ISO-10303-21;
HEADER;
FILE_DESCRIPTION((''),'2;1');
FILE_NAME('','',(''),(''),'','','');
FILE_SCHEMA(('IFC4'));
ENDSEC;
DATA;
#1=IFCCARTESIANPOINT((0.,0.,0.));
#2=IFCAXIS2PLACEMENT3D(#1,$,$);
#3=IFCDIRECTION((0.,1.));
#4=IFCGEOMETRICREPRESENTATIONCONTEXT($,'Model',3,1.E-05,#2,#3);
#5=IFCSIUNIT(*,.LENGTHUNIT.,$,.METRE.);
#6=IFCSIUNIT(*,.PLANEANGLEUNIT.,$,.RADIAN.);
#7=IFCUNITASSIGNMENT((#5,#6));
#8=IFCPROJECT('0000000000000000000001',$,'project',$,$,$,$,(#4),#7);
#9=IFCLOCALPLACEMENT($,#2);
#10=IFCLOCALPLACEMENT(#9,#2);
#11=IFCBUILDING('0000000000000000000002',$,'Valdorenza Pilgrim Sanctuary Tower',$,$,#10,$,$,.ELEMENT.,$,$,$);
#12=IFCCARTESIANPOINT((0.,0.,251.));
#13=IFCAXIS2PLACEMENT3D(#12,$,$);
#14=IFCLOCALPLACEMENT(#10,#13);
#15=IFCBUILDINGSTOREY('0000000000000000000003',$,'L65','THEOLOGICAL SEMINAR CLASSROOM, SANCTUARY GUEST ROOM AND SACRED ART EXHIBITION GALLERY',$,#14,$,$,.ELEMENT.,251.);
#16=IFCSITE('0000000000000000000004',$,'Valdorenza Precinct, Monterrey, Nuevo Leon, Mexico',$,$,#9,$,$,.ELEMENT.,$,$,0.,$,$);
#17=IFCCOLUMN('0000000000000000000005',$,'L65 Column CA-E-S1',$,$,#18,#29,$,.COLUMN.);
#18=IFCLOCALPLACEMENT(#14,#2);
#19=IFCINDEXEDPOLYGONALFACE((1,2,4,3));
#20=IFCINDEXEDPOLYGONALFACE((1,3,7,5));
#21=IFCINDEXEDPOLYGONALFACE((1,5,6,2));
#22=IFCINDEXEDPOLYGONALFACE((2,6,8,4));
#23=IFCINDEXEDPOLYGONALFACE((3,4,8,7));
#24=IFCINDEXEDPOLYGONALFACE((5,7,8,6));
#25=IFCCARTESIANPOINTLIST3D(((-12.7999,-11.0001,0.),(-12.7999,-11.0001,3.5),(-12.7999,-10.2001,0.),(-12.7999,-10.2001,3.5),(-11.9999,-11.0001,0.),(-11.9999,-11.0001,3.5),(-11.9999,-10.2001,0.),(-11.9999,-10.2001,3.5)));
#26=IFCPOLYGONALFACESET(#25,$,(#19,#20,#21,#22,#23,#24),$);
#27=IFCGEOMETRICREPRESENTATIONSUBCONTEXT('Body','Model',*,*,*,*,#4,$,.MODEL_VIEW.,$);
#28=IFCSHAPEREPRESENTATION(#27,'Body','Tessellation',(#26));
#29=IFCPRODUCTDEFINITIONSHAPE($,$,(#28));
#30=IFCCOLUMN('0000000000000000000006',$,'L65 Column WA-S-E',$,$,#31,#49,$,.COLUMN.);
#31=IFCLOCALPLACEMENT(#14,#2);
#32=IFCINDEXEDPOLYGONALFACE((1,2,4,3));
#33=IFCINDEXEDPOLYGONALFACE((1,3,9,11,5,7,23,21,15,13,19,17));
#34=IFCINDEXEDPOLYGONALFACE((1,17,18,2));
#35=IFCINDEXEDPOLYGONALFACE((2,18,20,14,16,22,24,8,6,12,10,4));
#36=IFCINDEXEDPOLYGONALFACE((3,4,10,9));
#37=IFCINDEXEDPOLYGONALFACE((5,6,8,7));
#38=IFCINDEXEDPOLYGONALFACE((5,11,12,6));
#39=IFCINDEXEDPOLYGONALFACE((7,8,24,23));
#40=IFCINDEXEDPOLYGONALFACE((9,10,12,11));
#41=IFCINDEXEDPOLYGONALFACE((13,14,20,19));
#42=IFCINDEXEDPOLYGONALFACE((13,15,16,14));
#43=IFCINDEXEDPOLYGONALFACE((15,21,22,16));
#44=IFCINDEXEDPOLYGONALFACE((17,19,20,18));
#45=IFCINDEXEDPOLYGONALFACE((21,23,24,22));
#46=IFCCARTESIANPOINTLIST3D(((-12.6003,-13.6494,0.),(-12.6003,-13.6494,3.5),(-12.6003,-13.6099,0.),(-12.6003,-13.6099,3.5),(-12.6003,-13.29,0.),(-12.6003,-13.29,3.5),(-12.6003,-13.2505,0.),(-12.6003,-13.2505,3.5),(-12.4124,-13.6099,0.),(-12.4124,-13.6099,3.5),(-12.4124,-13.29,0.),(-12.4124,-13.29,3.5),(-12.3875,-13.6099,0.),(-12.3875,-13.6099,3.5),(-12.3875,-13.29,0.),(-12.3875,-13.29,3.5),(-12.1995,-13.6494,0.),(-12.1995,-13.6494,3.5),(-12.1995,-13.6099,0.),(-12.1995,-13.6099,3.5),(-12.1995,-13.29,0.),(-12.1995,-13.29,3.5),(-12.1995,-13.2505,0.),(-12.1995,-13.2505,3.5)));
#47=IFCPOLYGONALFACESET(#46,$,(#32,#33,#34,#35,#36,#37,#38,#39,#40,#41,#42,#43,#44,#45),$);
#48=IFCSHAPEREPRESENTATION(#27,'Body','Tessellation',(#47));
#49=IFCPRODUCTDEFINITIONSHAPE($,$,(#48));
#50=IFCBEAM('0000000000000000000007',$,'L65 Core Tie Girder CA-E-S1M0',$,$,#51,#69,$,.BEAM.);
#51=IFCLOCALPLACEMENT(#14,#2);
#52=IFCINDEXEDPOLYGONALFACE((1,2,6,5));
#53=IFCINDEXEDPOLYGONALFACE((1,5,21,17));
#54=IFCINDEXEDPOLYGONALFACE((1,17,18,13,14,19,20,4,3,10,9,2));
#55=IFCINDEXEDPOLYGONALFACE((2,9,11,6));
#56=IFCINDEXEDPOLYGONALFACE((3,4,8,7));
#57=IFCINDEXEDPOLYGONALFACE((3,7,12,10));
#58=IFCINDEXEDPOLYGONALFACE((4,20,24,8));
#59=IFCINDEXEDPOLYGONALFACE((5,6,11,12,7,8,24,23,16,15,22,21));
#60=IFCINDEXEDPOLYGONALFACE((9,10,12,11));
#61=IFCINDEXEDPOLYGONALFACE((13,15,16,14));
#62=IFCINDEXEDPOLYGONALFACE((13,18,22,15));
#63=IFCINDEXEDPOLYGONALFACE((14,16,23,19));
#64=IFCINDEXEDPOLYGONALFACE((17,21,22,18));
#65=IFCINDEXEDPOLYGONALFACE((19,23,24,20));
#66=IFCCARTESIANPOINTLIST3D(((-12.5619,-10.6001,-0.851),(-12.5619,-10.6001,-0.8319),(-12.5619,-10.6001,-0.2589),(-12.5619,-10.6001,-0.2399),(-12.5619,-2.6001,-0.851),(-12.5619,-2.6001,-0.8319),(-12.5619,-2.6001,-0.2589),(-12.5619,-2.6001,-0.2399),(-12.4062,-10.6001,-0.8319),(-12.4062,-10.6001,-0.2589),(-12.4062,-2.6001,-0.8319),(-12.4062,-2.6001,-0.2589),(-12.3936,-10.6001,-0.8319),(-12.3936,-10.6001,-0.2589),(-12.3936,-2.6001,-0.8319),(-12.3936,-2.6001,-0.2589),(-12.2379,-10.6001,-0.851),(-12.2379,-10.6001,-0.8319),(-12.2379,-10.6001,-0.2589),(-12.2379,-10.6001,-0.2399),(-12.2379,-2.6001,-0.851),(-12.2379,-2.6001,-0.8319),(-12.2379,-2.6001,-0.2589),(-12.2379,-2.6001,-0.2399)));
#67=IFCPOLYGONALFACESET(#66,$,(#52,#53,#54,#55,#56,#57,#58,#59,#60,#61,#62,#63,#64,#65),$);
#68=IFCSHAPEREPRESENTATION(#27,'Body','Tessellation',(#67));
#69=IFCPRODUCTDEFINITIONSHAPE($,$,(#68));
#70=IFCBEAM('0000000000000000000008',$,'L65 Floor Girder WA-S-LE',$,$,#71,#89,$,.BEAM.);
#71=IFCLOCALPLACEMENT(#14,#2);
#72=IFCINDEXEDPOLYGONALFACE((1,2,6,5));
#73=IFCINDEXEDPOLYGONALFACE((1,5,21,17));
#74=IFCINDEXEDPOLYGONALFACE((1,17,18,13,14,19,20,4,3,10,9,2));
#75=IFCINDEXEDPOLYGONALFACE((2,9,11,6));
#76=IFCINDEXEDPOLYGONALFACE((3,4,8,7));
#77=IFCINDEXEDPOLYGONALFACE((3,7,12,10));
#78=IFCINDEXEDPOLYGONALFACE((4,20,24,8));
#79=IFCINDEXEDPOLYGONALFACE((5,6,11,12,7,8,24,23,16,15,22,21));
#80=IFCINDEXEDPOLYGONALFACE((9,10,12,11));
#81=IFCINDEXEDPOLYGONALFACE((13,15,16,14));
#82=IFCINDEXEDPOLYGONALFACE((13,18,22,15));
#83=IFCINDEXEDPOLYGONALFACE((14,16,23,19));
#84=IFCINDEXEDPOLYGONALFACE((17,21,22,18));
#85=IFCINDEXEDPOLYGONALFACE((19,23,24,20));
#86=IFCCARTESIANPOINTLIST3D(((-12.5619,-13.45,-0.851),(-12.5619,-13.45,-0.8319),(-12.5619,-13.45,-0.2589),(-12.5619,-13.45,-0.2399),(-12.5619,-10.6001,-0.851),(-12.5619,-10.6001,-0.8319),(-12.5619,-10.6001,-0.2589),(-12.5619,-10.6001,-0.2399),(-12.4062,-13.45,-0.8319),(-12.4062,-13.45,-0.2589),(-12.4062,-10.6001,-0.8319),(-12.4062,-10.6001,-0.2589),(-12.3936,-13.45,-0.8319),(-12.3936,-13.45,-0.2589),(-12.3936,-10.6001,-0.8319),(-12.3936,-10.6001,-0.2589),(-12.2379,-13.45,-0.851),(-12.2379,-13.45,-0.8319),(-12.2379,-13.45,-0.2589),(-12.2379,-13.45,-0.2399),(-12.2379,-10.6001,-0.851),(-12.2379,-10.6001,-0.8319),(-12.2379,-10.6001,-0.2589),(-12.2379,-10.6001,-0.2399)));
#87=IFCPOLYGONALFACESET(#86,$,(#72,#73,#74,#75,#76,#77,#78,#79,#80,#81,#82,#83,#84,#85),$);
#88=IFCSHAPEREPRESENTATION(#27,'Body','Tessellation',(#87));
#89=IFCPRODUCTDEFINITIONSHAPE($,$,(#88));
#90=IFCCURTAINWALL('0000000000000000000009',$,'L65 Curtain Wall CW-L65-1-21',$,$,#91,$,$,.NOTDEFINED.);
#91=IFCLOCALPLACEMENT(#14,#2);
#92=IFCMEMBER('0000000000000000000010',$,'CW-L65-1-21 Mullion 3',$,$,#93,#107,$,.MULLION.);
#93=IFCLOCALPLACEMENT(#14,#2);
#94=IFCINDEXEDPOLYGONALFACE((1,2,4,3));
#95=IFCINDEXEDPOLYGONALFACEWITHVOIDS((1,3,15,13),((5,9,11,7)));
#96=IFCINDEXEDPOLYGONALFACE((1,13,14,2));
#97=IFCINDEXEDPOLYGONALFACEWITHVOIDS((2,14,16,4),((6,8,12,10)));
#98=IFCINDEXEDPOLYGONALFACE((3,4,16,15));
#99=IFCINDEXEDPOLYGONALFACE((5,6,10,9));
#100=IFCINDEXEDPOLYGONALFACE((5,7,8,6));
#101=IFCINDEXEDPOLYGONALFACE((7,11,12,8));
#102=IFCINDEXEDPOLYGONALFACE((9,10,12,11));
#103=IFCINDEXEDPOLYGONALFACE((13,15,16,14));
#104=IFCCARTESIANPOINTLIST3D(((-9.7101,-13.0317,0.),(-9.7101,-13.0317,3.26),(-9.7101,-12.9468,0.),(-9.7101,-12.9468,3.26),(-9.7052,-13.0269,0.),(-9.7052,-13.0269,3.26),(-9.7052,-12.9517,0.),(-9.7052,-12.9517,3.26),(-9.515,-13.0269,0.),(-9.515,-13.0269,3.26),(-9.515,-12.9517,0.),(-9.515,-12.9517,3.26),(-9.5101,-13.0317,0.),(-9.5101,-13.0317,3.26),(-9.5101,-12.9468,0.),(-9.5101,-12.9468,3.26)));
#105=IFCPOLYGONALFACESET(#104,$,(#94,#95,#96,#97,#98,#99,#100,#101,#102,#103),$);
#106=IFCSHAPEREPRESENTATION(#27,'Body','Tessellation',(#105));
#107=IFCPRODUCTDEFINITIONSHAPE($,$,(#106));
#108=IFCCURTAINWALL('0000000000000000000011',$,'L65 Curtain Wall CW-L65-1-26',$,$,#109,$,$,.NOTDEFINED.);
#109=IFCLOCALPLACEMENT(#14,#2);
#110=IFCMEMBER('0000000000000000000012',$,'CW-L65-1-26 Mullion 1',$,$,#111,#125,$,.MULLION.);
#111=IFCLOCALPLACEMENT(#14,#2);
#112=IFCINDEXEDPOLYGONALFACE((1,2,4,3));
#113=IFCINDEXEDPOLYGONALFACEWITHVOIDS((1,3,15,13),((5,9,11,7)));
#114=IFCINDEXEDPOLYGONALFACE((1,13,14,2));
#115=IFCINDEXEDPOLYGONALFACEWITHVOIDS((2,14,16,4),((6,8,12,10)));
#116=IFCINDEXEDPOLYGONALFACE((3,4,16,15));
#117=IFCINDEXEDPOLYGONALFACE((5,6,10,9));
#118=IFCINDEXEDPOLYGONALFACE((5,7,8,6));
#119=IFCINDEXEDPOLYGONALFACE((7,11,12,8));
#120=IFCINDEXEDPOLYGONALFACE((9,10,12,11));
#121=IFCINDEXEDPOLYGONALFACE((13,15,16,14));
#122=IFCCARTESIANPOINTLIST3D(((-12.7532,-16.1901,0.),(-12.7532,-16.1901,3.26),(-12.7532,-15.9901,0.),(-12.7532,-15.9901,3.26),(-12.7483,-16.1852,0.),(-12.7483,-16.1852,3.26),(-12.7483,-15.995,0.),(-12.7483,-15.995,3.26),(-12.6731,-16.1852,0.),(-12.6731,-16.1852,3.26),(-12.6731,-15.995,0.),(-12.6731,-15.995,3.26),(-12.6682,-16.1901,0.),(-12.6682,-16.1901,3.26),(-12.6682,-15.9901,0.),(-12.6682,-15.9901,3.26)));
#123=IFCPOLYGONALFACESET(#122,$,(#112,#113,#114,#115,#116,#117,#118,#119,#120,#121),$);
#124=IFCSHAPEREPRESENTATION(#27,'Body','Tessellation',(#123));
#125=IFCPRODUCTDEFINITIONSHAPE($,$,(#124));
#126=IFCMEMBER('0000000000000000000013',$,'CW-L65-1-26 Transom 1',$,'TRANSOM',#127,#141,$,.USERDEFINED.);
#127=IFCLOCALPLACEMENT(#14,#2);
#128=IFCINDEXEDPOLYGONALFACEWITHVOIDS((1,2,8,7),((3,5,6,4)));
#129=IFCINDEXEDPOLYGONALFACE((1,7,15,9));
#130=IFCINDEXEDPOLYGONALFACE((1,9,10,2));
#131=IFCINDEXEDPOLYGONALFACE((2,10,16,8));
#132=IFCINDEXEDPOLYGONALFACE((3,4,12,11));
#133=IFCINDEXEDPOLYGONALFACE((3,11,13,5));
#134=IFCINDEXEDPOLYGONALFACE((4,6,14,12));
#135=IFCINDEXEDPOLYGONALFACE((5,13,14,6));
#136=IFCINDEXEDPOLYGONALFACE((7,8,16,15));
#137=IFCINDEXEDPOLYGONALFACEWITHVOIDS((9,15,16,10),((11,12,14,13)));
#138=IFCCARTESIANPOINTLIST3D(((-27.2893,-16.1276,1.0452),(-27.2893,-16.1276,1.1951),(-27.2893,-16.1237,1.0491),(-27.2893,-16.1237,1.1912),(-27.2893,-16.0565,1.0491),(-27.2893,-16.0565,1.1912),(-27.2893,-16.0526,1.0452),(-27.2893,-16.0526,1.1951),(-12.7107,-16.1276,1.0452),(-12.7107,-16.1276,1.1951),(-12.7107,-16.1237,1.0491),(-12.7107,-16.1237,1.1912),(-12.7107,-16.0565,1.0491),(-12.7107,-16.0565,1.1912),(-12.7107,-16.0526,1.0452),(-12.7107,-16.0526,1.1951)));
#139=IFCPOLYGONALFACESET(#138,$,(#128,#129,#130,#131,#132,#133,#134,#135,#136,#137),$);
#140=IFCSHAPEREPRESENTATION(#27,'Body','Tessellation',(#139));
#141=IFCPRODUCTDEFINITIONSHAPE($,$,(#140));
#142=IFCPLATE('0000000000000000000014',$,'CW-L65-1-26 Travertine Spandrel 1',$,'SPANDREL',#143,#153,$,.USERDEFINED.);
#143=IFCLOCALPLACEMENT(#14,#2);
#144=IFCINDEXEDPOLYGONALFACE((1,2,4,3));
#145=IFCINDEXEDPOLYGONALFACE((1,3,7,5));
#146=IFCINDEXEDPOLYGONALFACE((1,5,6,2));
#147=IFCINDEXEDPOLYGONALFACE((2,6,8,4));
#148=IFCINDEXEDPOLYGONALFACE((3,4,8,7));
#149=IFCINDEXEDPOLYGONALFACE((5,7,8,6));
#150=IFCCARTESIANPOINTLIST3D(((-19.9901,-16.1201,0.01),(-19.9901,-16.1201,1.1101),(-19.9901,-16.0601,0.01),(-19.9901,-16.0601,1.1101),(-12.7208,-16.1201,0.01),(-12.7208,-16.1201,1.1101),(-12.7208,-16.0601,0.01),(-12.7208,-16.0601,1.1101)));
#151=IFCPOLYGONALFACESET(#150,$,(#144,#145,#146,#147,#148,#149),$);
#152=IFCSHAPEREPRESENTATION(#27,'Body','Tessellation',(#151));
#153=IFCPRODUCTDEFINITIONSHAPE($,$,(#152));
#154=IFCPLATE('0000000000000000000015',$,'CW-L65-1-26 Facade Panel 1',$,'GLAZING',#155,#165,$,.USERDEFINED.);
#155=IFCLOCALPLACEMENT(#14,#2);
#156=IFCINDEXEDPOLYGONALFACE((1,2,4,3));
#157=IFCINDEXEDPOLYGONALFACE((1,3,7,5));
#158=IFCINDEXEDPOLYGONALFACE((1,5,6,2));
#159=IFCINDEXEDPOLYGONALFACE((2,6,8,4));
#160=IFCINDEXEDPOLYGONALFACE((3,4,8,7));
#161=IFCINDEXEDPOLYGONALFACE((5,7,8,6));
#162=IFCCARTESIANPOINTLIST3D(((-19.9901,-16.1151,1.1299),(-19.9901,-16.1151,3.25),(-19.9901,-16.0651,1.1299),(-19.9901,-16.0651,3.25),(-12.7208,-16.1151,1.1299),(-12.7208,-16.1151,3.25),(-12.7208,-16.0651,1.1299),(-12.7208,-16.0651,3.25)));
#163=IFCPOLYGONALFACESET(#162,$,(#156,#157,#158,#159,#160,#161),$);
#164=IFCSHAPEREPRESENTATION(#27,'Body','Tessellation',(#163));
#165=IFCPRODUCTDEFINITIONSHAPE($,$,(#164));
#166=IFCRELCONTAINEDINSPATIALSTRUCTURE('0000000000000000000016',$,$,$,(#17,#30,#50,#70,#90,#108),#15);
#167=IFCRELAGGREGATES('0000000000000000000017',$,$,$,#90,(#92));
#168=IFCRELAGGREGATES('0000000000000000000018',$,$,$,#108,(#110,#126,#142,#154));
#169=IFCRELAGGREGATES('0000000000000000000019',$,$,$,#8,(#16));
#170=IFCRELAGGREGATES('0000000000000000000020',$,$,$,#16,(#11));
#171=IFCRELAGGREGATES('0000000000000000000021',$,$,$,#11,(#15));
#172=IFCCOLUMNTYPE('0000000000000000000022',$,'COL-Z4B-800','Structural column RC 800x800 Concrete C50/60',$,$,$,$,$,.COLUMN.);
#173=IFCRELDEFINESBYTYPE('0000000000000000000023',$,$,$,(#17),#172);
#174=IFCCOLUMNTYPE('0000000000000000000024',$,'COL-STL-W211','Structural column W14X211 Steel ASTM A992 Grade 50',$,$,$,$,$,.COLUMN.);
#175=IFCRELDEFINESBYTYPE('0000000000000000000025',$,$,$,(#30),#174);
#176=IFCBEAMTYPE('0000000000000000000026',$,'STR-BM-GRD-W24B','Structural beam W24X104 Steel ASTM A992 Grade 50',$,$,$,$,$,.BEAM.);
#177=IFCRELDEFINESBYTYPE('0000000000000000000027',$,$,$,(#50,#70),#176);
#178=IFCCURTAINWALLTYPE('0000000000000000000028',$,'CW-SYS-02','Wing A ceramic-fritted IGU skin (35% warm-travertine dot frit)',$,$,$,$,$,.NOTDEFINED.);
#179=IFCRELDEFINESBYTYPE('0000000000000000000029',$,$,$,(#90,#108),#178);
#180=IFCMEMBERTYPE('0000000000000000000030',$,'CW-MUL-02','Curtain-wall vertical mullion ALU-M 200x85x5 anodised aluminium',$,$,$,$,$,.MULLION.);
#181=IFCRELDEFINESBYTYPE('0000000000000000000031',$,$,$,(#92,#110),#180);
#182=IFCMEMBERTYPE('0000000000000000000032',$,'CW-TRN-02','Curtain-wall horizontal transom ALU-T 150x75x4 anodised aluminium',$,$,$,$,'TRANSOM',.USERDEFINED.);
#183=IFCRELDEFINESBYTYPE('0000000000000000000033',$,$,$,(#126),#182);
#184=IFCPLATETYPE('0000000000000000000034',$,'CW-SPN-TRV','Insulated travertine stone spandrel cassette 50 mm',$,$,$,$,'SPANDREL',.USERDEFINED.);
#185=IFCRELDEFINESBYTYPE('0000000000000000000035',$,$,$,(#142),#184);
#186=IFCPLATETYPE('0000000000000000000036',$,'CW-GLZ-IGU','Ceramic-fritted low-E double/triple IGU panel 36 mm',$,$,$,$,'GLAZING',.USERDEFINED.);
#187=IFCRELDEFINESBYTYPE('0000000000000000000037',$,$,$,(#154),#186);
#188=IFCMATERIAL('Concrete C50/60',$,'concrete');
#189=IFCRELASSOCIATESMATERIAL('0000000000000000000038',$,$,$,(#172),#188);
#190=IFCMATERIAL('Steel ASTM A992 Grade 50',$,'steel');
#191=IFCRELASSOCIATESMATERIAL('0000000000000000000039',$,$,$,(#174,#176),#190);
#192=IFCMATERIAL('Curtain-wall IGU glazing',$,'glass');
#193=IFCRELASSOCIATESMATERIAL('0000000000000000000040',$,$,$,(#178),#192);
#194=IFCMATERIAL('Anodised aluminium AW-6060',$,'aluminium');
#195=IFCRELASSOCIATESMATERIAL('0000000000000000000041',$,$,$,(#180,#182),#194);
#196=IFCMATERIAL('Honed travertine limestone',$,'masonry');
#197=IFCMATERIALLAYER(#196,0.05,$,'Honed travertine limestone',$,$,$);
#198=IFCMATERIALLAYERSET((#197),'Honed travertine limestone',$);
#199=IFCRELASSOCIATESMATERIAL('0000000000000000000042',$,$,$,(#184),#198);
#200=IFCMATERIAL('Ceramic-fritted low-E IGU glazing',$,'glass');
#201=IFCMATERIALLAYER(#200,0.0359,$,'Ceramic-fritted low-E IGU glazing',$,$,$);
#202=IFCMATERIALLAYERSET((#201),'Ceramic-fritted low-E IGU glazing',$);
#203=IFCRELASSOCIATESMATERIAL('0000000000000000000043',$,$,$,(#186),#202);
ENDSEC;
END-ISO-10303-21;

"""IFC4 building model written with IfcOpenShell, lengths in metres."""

from ifc_helpers import new_model, si_unit, direction, frame, origin, origin_2d, place, context, subcontext, project, spatial, rectangle, hollow_rectangle, i_section, extrude, source, transform, mapped, material, layer, layer_set, material_profile, profile_set, type_object, element, aggregate, save


model = new_model("IFC4")

# Units and contexts
model_context = context("Model", 3, precision=1e-05, world=origin(), true_north=direction((0.0, 1.0)))
body_context = subcontext(model_context, "Body", "Model", "MODEL_VIEW")
ifc_project = project(units=[si_unit("LENGTHUNIT", "METRE"), si_unit("PLANEANGLEUNIT", "RADIAN")], contexts=[model_context])

# Site, building, storey
site_placement = place(None, origin())
site = spatial("IfcSite", under=ifc_project, at=site_placement, Name="Valdorenza Precinct, Monterrey, Nuevo Leon, Mexico", CompositionType="ELEMENT", RefElevation=0.0)
building_placement = place(site_placement, origin())
building = spatial("IfcBuilding", under=site, at=building_placement, Name="Valdorenza Pilgrim Sanctuary Tower", CompositionType="ELEMENT")
storey_placement = place(building_placement, frame((0.0, 0.0, 251.0)))
storey = spatial("IfcBuildingStorey", under=building, at=storey_placement, Name="L65", Description="THEOLOGICAL SEMINAR CLASSROOM, SANCTUARY GUEST ROOM AND SACRED ART EXHIBITION GALLERY", CompositionType="ELEMENT", Elevation=251.0)

# Columns
ifc_material_1 = material(Name="Concrete C50/60", Category="concrete")
ifc_material_profile_1 = material_profile(ifc_material_1, rectangle(XDim=0.8, YDim=0.8, at=origin_2d()), Name="RC 800x800")
ifc_profile_set_1 = profile_set([ifc_material_profile_1], Name="Concrete C50/60")
column_type_1 = type_object("IfcColumnType", Name="COL-Z4B-800", Description="Structural column RC 800x800 Concrete C50/60", PredefinedType="COLUMN", material=ifc_profile_set_1)
shared_shape_1 = source(origin(), body_context, "Body", "SweptSolid", [
    extrude(rectangle(XDim=0.8, YDim=0.8, at=origin_2d()), origin(), (0.0, 0.0, 1.0), 3.5),
])
column_1_placement = place(storey_placement, frame((-12.3999, -10.6001, 0.0), z_axis=(0.0, 0.0, 1.0), x_axis=(1.0, 0.0, 0.0)))
element("IfcColumn", 1, at=column_1_placement, inside=storey, type_object=column_type_1, Name="L65 Column CA-E-S1", PredefinedType="COLUMN", context=body_context, shape_type="MappedRepresentation", body=[
    mapped(shared_shape_1, transform((0.0, 0.0, 0.0), x_axis=(1.0, 0.0, 0.0), y_axis=(0.0, 1.0, 0.0), z_axis=(0.0, 0.0, 1.0), scale=1.0)),
])
ifc_material_2 = material(Name="Steel ASTM A992 Grade 50", Category="steel")
ifc_material_profile_2 = material_profile(ifc_material_2, i_section(OverallWidth=0.4009, OverallDepth=0.3989, WebThickness=0.0249, FlangeThickness=0.0396, at=origin_2d()), Name="W14X211")
ifc_profile_set_2 = profile_set([ifc_material_profile_2], Name="Steel ASTM A992 Grade 50")
column_type_2 = type_object("IfcColumnType", Name="COL-STL-W211", Description="Structural column W14X211 Steel ASTM A992 Grade 50", PredefinedType="COLUMN", material=ifc_profile_set_2)
shared_shape_2 = source(origin(), body_context, "Body", "SweptSolid", [
    extrude(i_section(OverallWidth=0.4009, OverallDepth=0.3989, WebThickness=0.0249, FlangeThickness=0.0396, at=origin_2d()), origin(), (0.0, 0.0, 1.0), 3.5),
])
column_2_placement = place(storey_placement, frame((-12.3999, -13.45, 0.0), z_axis=(0.0, 0.0, 1.0), x_axis=(1.0, 0.0, 0.0)))
element("IfcColumn", 2, at=column_2_placement, inside=storey, type_object=column_type_2, Name="L65 Column WA-S-E", PredefinedType="COLUMN", context=body_context, shape_type="MappedRepresentation", body=[
    mapped(shared_shape_2, transform((0.0, 0.0, 0.0), x_axis=(1.0, 0.0, 0.0), y_axis=(0.0, 1.0, 0.0), z_axis=(0.0, 0.0, 1.0), scale=1.0)),
])

# Beams
ifc_material_profile_3 = material_profile(ifc_material_2, i_section(OverallWidth=0.324, OverallDepth=0.6111, WebThickness=0.0127, FlangeThickness=0.019, at=origin_2d()), Name="W24X104")
ifc_profile_set_3 = profile_set([ifc_material_profile_3], Name="Steel ASTM A992 Grade 50")
beam_type = type_object("IfcBeamType", Name="STR-BM-GRD-W24B", Description="Structural beam W24X104 Steel ASTM A992 Grade 50", PredefinedType="BEAM", material=ifc_profile_set_3)
shared_shape_3 = source(origin(), body_context, "Body", "SweptSolid", [
    extrude(i_section(OverallWidth=0.324, OverallDepth=0.6111, WebThickness=0.0127, FlangeThickness=0.019, at=origin_2d()), origin(), (0.0, 0.0, 1.0), 8.0),
])
beam_1_placement = place(storey_placement, frame((-12.3999, -10.6001, -0.5454), z_axis=(0.0, 1.0, 0.0), x_axis=(-1.0, 0.0, 0.0)))
element("IfcBeam", 3, at=beam_1_placement, inside=storey, type_object=beam_type, Name="L65 Core Tie Girder CA-E-S1M0", PredefinedType="BEAM", context=body_context, shape_type="MappedRepresentation", body=[
    mapped(shared_shape_3, transform((0.0, 0.0, 0.0), x_axis=(1.0, 0.0, 0.0), y_axis=(0.0, 1.0, 0.0), z_axis=(0.0, 0.0, 1.0), scale=1.0)),
])
shared_shape_4 = source(origin(), body_context, "Body", "SweptSolid", [
    extrude(i_section(OverallWidth=0.324, OverallDepth=0.6111, WebThickness=0.0127, FlangeThickness=0.019, at=origin_2d()), origin(), (0.0, 0.0, 1.0), 2.8499),
])
beam_2_placement = place(storey_placement, frame((-12.3999, -13.45, -0.5454), z_axis=(0.0, 1.0, 0.0), x_axis=(-1.0, 0.0, 0.0)))
element("IfcBeam", 4, at=beam_2_placement, inside=storey, type_object=beam_type, Name="L65 Floor Girder WA-S-LE", PredefinedType="BEAM", context=body_context, shape_type="MappedRepresentation", body=[
    mapped(shared_shape_4, transform((0.0, 0.0, 0.0), x_axis=(1.0, 0.0, 0.0), y_axis=(0.0, 1.0, 0.0), z_axis=(0.0, 0.0, 1.0), scale=1.0)),
])

# Curtain wall, member
ifc_material_3 = material(Name="Curtain-wall IGU glazing", Category="glass")
curtain_wall_type = type_object("IfcCurtainWallType", Name="CW-SYS-02", Description="Wing A ceramic-fritted IGU skin (35% warm-travertine dot frit)", PredefinedType="NOTDEFINED", material=ifc_material_3)
curtain_wall_1_placement = place(storey_placement, origin())
curtain_wall_1 = element("IfcCurtainWall", 5, at=curtain_wall_1_placement, inside=storey, type_object=curtain_wall_type, Name="L65 Curtain Wall CW-L65-1-21", PredefinedType="NOTDEFINED")
ifc_material_4 = material(Name="Anodised aluminium AW-6060", Category="aluminium")
ifc_material_profile_4 = material_profile(ifc_material_4, hollow_rectangle(XDim=0.085, YDim=0.2, WallThickness=0.0049, at=origin_2d()), Name="ALU-M 200x85x5")
ifc_profile_set_4 = profile_set([ifc_material_profile_4], Name="Anodised aluminium AW-6060")
member_type_1 = type_object("IfcMemberType", Name="CW-MUL-02", Description="Curtain-wall vertical mullion ALU-M 200x85x5 anodised aluminium", PredefinedType="MULLION", material=ifc_profile_set_4)
shared_shape_5 = source(origin(), body_context, "Body", "SweptSolid", [
    extrude(hollow_rectangle(XDim=0.085, YDim=0.2, WallThickness=0.0049, at=origin_2d()), origin(), (0.0, 0.0, 1.0), 3.26),
])
member_1_placement = place(storey_placement, frame((-9.6101, -12.9893, 0.0), z_axis=(0.0, 0.0, 1.0), x_axis=(0.0, -1.0, 0.0)))
member_1 = element("IfcMember", 6, at=member_1_placement, type_object=member_type_1, Name="CW-L65-1-21 Mullion 3", PredefinedType="MULLION", context=body_context, shape_type="MappedRepresentation", body=[
    mapped(shared_shape_5, transform((0.0, 0.0, 0.0), x_axis=(1.0, 0.0, 0.0), y_axis=(0.0, 1.0, 0.0), z_axis=(0.0, 0.0, 1.0), scale=1.0)),
])
aggregate(curtain_wall_1, [member_1])

# Curtain wall, members, plates
curtain_wall_2_placement = place(storey_placement, origin())
curtain_wall_2 = element("IfcCurtainWall", 7, at=curtain_wall_2_placement, inside=storey, type_object=curtain_wall_type, Name="L65 Curtain Wall CW-L65-1-26", PredefinedType="NOTDEFINED")
member_2_placement = place(storey_placement, frame((-12.7107, -16.0901, 0.0), z_axis=(0.0, 0.0, 1.0), x_axis=(-1.0, 0.0, 0.0)))
member_2 = element("IfcMember", 8, at=member_2_placement, type_object=member_type_1, Name="CW-L65-1-26 Mullion 1", PredefinedType="MULLION", context=body_context, shape_type="MappedRepresentation", body=[
    mapped(shared_shape_5, transform((0.0, 0.0, 0.0), x_axis=(1.0, 0.0, 0.0), y_axis=(0.0, 1.0, 0.0), z_axis=(0.0, 0.0, 1.0), scale=1.0)),
])
ifc_material_profile_5 = material_profile(ifc_material_4, hollow_rectangle(XDim=0.075, YDim=0.1499, WallThickness=0.0039, at=origin_2d()), Name="ALU-T 150x75x4")
ifc_profile_set_5 = profile_set([ifc_material_profile_5], Name="Anodised aluminium AW-6060")
member_type_2 = type_object("IfcMemberType", Name="CW-TRN-02", Description="Curtain-wall horizontal transom ALU-T 150x75x4 anodised aluminium", ElementType="TRANSOM", PredefinedType="USERDEFINED", material=ifc_profile_set_5)
shared_shape_6 = source(origin(), body_context, "Body", "SweptSolid", [
    extrude(hollow_rectangle(XDim=0.075, YDim=0.1499, WallThickness=0.0039, at=origin_2d()), origin(), (0.0, 0.0, 1.0), 14.5786),
])
member_3_placement = place(storey_placement, frame((-12.7107, -16.0901, 1.1201), z_axis=(-1.0, 0.0, 0.0), x_axis=(0.0, -1.0, 0.0)))
member_3 = element("IfcMember", 9, at=member_3_placement, type_object=member_type_2, Name="CW-L65-1-26 Transom 1", ObjectType="TRANSOM", PredefinedType="USERDEFINED", context=body_context, shape_type="MappedRepresentation", body=[
    mapped(shared_shape_6, transform((0.0, 0.0, 0.0), x_axis=(1.0, 0.0, 0.0), y_axis=(0.0, 1.0, 0.0), z_axis=(0.0, 0.0, 1.0), scale=1.0)),
])
ifc_material_5 = material(Name="Honed travertine limestone", Category="masonry")
ifc_layer_1 = layer(ifc_material_5, 0.05, Name="Honed travertine limestone")
ifc_layer_set_1 = layer_set([ifc_layer_1], Name="Honed travertine limestone")
plate_type_1 = type_object("IfcPlateType", Name="CW-SPN-TRV", Description="Insulated travertine stone spandrel cassette 50 mm", ElementType="SPANDREL", PredefinedType="USERDEFINED", material=ifc_layer_set_1)
shared_shape_7 = source(origin(), body_context, "Body", "SweptSolid", [
    extrude(rectangle(XDim=7.2693, YDim=0.0601, at=origin_2d()), origin(), (0.0, 0.0, 1.0), 1.1001),
])
plate_1_placement = place(storey_placement, frame((-16.3555, -16.0901, 0.01), z_axis=(0.0, 0.0, 1.0), x_axis=(-1.0, 0.0, 0.0)))
plate_1 = element("IfcPlate", 10, at=plate_1_placement, type_object=plate_type_1, Name="CW-L65-1-26 Travertine Spandrel 1", ObjectType="SPANDREL", PredefinedType="USERDEFINED", context=body_context, shape_type="MappedRepresentation", body=[
    mapped(shared_shape_7, transform((0.0, 0.0, 0.0), x_axis=(1.0, 0.0, 0.0), y_axis=(0.0, 1.0, 0.0), z_axis=(0.0, 0.0, 1.0), scale=1.0)),
])
ifc_material_6 = material(Name="Ceramic-fritted low-E IGU glazing", Category="glass")
ifc_layer_2 = layer(ifc_material_6, 0.0359, Name="Ceramic-fritted low-E IGU glazing")
ifc_layer_set_2 = layer_set([ifc_layer_2], Name="Ceramic-fritted low-E IGU glazing")
plate_type_2 = type_object("IfcPlateType", Name="CW-GLZ-IGU", Description="Ceramic-fritted low-E double/triple IGU panel 36 mm", ElementType="GLAZING", PredefinedType="USERDEFINED", material=ifc_layer_set_2)
shared_shape_8 = source(origin(), body_context, "Body", "SweptSolid", [
    extrude(rectangle(XDim=7.2693, YDim=0.05, at=origin_2d()), origin(), (0.0, 0.0, 1.0), 2.1201),
])
plate_2_placement = place(storey_placement, frame((-16.3555, -16.0901, 1.1299), z_axis=(0.0, 0.0, 1.0), x_axis=(-1.0, 0.0, 0.0)))
plate_2 = element("IfcPlate", 11, at=plate_2_placement, type_object=plate_type_2, Name="CW-L65-1-26 Facade Panel 1", ObjectType="GLAZING", PredefinedType="USERDEFINED", context=body_context, shape_type="MappedRepresentation", body=[
    mapped(shared_shape_8, transform((0.0, 0.0, 0.0), x_axis=(1.0, 0.0, 0.0), y_axis=(0.0, 1.0, 0.0), z_axis=(0.0, 0.0, 1.0), scale=1.0)),
])
aggregate(curtain_wall_2, [member_2, member_3, plate_1, plate_2])

save(model, "model.ifc")
